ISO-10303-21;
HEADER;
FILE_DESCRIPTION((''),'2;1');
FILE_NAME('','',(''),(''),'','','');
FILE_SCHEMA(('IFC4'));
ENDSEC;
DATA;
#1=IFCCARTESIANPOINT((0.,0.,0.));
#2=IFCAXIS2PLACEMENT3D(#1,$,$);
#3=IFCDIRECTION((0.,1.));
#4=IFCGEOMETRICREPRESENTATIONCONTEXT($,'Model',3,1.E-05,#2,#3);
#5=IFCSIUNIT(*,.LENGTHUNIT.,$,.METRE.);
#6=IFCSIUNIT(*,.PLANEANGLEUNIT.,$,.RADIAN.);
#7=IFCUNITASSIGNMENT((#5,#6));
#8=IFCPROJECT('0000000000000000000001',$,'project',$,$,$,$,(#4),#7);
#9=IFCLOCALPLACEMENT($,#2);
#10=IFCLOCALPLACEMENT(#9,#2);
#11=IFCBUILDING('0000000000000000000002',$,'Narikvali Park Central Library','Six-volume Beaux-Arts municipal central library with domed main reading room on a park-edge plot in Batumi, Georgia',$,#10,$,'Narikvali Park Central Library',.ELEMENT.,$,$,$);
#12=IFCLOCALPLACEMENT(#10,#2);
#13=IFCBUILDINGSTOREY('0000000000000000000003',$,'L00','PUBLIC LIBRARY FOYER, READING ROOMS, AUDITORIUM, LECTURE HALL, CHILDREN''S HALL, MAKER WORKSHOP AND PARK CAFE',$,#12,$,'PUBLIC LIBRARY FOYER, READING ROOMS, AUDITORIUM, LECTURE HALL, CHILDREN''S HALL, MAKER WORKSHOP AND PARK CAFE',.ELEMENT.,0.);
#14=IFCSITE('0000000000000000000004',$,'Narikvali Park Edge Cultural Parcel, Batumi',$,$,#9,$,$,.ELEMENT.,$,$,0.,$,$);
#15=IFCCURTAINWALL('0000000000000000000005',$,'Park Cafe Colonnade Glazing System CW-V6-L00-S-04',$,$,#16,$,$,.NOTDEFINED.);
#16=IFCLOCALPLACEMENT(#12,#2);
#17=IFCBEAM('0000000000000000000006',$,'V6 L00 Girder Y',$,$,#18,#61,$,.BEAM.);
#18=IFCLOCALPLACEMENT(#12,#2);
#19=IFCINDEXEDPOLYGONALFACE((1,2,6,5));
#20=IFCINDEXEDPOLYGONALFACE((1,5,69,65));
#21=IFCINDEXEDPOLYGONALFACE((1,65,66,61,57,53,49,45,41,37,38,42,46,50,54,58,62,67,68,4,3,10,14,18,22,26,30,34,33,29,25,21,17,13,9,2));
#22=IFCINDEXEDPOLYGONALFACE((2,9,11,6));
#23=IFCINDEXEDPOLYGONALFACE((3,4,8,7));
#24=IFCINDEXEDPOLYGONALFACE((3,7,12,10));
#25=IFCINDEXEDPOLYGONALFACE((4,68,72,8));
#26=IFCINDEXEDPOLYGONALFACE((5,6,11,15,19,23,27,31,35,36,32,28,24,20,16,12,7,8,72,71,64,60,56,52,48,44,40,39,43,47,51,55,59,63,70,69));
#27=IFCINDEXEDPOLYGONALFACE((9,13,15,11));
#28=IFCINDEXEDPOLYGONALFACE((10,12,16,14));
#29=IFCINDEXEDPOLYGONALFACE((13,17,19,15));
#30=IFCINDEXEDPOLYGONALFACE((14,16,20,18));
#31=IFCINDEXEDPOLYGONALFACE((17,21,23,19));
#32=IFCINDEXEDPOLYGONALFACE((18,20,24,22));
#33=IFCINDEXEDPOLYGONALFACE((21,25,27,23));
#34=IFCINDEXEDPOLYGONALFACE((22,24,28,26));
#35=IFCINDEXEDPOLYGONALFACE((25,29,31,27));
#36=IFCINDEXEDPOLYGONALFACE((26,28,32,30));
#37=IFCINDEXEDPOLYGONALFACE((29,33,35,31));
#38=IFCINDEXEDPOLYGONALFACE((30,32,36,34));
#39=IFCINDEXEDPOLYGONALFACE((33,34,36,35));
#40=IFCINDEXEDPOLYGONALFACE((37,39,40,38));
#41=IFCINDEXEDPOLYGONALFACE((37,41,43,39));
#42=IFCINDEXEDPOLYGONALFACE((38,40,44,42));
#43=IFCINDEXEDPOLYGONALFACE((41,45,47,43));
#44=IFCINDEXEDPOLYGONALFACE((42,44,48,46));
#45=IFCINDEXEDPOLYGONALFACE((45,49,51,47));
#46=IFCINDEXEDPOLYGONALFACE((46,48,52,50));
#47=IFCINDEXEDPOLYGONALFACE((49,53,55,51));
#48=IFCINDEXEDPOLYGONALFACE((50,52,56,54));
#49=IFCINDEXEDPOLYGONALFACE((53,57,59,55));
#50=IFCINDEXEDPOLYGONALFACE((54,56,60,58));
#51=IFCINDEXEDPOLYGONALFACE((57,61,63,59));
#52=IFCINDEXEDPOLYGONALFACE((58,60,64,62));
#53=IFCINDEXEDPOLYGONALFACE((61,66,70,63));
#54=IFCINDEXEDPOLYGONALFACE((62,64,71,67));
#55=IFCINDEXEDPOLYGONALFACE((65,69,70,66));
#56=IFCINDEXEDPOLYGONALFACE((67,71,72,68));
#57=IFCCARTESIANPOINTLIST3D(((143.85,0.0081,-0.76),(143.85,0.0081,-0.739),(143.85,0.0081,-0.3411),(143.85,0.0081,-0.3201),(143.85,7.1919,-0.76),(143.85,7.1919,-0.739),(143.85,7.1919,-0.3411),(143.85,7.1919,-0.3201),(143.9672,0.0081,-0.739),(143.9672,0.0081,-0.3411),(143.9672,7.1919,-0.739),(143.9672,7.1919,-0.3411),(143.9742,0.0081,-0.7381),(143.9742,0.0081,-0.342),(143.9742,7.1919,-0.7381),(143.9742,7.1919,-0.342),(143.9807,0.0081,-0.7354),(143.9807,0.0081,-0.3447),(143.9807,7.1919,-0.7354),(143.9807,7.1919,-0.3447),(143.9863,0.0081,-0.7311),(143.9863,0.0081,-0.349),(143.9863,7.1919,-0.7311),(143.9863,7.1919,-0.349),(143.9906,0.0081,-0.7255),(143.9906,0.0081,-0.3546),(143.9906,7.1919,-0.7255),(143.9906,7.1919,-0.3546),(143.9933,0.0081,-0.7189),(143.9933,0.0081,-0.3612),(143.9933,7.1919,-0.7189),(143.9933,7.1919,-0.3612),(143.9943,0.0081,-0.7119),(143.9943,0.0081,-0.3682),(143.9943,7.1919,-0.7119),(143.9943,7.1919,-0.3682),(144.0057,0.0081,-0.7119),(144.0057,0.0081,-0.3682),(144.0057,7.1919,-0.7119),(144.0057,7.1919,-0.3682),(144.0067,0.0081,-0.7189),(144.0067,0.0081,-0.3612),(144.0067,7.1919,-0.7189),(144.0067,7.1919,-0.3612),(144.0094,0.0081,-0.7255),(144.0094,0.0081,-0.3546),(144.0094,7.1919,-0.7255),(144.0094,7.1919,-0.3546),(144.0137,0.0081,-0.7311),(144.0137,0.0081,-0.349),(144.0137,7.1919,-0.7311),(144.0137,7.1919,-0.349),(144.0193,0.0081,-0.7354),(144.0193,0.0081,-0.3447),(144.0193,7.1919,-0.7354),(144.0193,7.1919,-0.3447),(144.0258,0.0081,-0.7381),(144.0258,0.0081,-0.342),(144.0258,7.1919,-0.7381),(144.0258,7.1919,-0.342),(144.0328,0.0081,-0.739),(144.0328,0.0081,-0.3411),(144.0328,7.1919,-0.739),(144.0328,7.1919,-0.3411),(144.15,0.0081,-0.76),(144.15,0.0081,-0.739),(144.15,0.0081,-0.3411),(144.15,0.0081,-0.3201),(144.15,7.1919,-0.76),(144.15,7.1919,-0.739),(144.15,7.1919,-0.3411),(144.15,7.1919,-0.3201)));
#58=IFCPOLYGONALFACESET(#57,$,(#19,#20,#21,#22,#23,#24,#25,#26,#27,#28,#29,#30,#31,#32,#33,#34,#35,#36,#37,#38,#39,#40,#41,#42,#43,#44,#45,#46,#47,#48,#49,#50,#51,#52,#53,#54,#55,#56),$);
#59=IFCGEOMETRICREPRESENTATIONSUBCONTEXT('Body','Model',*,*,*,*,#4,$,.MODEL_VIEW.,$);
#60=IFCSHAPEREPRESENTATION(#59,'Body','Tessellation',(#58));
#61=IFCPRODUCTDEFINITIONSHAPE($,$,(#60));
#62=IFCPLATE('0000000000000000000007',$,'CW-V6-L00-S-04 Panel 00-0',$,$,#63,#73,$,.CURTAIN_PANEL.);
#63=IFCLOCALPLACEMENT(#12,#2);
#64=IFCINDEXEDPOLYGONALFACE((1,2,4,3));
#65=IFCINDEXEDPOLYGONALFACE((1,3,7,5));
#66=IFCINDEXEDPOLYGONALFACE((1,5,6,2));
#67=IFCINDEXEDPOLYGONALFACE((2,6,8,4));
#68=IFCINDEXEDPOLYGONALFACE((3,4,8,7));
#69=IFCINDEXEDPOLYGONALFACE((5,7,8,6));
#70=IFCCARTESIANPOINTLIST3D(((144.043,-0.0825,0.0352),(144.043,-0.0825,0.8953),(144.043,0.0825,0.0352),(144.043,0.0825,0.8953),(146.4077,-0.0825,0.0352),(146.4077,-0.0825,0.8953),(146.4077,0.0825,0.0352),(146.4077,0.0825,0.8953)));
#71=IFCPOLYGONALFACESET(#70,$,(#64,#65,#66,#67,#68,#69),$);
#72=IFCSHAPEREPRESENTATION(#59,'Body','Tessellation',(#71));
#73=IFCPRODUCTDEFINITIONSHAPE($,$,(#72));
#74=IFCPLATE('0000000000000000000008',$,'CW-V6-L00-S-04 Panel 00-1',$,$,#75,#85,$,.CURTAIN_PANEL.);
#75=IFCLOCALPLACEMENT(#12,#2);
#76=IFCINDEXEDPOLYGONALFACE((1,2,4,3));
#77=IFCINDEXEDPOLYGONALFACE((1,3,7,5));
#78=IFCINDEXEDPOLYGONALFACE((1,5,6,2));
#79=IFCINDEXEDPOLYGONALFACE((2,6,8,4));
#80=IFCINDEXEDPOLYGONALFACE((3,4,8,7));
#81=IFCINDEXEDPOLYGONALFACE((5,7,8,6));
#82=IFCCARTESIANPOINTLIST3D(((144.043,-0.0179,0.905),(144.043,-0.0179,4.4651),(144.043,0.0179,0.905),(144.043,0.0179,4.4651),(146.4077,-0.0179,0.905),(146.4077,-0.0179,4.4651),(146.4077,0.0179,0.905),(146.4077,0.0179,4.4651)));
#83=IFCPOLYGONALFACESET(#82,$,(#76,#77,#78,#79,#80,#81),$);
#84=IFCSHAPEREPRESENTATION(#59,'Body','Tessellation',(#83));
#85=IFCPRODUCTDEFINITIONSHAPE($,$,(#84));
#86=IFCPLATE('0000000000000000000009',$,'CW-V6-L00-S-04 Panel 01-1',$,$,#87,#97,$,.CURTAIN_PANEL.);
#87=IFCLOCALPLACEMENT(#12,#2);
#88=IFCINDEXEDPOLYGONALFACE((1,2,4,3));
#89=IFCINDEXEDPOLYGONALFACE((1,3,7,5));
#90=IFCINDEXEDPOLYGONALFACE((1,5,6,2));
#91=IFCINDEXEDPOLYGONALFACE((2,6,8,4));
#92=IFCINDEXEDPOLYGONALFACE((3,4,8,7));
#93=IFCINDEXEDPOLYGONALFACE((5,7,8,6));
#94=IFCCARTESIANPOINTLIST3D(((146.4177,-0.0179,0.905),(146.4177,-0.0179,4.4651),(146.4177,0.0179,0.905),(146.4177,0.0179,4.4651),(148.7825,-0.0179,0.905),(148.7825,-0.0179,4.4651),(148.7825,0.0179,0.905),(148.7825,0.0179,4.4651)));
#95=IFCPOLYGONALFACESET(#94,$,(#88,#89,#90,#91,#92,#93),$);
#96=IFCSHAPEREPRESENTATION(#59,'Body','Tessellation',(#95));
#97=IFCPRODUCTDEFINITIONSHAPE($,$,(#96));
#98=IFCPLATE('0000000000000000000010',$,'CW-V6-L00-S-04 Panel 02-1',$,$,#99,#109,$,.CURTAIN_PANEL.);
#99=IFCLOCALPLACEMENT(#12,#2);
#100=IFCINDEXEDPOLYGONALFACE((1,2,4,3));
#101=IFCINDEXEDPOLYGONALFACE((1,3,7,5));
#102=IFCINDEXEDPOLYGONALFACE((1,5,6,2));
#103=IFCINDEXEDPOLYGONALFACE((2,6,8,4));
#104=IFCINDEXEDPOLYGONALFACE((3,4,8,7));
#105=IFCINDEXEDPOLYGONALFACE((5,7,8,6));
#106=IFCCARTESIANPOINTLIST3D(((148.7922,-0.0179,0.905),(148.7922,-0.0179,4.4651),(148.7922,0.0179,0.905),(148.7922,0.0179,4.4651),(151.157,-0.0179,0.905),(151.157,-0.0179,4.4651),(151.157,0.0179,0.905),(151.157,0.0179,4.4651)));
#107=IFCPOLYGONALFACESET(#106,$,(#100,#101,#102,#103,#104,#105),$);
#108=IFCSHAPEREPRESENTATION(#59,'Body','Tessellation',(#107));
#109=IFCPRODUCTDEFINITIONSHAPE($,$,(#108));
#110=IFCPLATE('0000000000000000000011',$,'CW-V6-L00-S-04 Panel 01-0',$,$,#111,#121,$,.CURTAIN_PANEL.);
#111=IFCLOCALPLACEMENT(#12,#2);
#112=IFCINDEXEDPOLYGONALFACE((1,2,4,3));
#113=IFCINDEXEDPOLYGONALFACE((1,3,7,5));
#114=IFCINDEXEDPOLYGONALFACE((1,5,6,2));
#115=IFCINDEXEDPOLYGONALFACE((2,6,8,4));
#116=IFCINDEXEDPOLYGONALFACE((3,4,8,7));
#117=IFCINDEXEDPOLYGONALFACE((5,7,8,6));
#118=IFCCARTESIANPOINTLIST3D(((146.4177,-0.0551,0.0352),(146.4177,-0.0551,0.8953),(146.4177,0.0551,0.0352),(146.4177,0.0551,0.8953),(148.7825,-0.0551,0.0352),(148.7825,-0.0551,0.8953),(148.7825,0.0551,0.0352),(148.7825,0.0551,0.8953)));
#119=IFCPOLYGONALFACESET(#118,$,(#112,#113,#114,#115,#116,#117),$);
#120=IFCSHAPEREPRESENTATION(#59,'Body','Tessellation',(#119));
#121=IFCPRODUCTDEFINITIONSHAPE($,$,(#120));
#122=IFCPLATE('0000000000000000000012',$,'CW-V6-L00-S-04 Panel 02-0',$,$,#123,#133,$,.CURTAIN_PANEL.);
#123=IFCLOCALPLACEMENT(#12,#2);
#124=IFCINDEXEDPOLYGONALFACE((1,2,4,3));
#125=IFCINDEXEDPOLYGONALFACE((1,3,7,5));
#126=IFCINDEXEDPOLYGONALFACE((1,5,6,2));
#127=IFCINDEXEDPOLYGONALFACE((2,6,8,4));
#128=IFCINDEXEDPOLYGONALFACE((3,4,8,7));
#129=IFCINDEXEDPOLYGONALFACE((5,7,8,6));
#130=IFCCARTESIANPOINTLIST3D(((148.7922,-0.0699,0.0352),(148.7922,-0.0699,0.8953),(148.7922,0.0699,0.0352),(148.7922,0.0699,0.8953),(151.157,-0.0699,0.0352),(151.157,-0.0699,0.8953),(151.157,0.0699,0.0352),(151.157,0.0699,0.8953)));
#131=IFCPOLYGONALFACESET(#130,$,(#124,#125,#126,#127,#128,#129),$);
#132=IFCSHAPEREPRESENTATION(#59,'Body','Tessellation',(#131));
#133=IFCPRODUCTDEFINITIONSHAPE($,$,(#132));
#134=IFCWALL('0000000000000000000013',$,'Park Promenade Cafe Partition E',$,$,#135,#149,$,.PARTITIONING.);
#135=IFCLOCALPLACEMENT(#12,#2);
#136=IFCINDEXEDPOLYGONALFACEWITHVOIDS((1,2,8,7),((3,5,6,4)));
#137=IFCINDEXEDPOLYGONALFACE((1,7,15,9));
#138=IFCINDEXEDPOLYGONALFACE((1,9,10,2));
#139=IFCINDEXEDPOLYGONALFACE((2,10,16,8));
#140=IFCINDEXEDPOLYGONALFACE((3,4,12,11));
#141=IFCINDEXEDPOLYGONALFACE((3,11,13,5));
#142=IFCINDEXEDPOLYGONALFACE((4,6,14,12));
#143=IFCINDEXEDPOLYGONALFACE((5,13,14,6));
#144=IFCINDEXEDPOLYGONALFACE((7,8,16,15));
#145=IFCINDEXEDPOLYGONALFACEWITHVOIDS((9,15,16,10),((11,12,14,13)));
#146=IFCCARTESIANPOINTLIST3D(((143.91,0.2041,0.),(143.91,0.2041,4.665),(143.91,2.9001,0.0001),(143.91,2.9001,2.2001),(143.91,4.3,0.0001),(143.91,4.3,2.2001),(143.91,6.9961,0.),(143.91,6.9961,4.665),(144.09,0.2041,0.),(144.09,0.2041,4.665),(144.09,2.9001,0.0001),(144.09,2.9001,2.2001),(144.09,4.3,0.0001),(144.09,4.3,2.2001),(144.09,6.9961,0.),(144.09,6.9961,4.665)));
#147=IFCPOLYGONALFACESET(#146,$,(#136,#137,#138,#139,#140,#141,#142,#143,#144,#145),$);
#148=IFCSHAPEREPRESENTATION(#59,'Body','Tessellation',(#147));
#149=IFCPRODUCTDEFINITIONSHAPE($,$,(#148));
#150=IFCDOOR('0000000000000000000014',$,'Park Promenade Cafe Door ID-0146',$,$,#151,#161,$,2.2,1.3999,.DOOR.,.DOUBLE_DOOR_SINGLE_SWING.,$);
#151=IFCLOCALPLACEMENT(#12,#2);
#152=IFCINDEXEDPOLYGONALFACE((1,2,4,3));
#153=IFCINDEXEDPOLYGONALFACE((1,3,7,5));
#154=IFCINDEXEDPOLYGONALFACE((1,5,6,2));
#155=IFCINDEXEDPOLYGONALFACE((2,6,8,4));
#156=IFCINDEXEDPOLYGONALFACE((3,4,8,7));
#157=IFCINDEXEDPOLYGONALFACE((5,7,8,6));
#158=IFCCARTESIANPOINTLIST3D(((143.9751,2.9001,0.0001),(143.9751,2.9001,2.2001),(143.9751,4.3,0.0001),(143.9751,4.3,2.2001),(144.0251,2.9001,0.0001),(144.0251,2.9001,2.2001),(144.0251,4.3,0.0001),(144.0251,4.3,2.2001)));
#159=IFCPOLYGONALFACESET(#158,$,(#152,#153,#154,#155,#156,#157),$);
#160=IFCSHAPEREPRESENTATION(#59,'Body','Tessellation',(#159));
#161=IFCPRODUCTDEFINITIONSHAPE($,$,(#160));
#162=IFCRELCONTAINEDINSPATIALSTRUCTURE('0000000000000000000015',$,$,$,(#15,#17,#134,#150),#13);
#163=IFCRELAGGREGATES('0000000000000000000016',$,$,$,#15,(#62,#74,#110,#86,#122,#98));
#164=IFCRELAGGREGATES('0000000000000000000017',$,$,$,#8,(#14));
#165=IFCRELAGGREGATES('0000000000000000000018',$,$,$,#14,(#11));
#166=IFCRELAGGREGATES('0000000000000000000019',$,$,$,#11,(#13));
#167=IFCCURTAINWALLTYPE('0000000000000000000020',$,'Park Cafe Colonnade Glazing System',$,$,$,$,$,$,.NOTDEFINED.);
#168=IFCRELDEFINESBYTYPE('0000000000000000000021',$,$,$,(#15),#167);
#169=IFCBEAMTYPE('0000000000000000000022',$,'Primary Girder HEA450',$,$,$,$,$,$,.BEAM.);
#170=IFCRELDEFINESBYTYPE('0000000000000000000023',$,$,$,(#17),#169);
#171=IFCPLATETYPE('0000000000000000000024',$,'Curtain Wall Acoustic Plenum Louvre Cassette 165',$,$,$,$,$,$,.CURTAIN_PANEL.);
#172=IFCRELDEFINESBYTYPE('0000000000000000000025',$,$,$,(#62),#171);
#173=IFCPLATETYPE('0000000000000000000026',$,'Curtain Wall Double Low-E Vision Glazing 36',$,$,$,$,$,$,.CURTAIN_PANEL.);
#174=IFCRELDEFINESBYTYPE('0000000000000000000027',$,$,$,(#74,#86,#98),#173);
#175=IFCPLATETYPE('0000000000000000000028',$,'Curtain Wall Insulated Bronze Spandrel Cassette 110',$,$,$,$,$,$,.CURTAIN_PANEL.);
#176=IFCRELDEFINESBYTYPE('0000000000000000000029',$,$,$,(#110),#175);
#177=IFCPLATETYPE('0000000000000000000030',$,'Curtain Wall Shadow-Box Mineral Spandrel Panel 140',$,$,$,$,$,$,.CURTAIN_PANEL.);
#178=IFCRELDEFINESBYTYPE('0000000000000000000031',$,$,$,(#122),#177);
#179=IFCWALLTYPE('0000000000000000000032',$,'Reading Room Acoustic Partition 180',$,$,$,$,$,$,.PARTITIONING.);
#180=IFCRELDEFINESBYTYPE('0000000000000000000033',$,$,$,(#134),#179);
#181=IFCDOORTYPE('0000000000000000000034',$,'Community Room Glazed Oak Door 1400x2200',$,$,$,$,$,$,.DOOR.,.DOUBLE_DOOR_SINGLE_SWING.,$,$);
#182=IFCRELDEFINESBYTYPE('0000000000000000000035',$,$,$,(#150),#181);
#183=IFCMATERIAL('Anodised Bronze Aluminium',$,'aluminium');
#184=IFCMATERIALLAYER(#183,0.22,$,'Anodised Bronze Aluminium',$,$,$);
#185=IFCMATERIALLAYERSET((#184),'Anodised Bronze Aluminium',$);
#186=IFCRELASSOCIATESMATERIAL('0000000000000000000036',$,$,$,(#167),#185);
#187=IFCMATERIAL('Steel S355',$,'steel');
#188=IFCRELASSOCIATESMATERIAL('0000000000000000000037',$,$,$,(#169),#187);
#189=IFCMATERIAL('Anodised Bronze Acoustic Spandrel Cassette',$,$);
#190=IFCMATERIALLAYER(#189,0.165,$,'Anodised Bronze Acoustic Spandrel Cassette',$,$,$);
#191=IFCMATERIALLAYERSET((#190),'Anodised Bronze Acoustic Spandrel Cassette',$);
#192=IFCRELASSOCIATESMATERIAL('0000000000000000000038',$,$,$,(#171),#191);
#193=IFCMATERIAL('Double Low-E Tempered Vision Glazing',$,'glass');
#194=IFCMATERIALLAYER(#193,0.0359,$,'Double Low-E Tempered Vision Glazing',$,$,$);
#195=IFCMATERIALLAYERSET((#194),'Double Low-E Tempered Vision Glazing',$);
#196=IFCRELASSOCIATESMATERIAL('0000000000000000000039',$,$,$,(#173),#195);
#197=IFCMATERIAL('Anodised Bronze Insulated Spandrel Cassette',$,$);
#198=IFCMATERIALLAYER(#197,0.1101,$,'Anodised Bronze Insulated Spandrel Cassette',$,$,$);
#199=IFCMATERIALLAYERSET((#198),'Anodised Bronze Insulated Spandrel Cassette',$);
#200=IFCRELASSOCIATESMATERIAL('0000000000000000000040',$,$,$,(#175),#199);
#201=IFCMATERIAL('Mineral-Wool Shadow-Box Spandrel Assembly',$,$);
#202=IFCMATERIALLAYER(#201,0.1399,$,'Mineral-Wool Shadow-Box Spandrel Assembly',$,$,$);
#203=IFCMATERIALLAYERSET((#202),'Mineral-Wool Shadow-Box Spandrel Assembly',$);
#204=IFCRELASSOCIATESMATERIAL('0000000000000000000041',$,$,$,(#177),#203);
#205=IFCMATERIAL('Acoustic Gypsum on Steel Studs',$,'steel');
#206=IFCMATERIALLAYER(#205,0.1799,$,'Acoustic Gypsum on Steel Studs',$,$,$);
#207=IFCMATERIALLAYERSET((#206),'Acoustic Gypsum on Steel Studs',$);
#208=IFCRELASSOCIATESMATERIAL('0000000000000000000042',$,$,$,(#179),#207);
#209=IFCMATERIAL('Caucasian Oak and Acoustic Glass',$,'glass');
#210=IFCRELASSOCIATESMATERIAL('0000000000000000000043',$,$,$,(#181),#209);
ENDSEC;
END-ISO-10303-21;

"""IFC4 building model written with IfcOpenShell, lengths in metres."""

from ifc_helpers import new_model, si_unit, direction, frame, frame_2d, origin, origin_2d, place, context, subcontext, project, spatial, rectangle, i_section, extrude, material, layer, layer_set, material_profile, profile_set, type_object, element, fill, aggregate, save


model = new_model("IFC4")

# Units and contexts
model_context = context("Model", 3, precision=1e-05, world=origin(), true_north=direction((0.0, 1.0)))
body_context = subcontext(model_context, "Body", "Model", "MODEL_VIEW")
ifc_project = project(units=[si_unit("LENGTHUNIT", "METRE"), si_unit("PLANEANGLEUNIT", "RADIAN")], contexts=[model_context])

# Site, building, storey
site_placement = place(None, origin())
site = spatial("IfcSite", under=ifc_project, at=site_placement, Name="Narikvali Park Edge Cultural Parcel, Batumi", CompositionType="ELEMENT", RefElevation=0.0)
building_placement = place(site_placement, origin())
building = spatial("IfcBuilding", under=site, at=building_placement, Name="Narikvali Park Central Library", Description="Six-volume Beaux-Arts municipal central library with domed main reading room on a park-edge plot in Batumi, Georgia", LongName="Narikvali Park Central Library", CompositionType="ELEMENT")
storey_placement = place(building_placement, origin())
storey = spatial("IfcBuildingStorey", under=building, at=storey_placement, Name="L00", Description="PUBLIC LIBRARY FOYER, READING ROOMS, AUDITORIUM, LECTURE HALL, CHILDREN'S HALL, MAKER WORKSHOP AND PARK CAFE", LongName="PUBLIC LIBRARY FOYER, READING ROOMS, AUDITORIUM, LECTURE HALL, CHILDREN'S HALL, MAKER WORKSHOP AND PARK CAFE", CompositionType="ELEMENT", Elevation=0.0)

# Shared definitions
ifc_material_1 = material(Name="Steel S355", Category="steel")

# Curtain wall
ifc_material_2 = material(Name="Anodised Bronze Aluminium", Category="aluminium")
ifc_layer_1 = layer(ifc_material_2, 0.22, Name="Anodised Bronze Aluminium")
ifc_layer_set_1 = layer_set([ifc_layer_1], Name="Anodised Bronze Aluminium")
curtain_wall_type = type_object("IfcCurtainWallType", Name="Park Cafe Colonnade Glazing System", PredefinedType="NOTDEFINED", material=ifc_layer_set_1)
curtain_wall_placement = place(storey_placement, origin())
curtain_wall = element("IfcCurtainWall", 1, at=curtain_wall_placement, inside=storey, type_object=curtain_wall_type, Name="Park Cafe Colonnade Glazing System CW-V6-L00-S-04", PredefinedType="NOTDEFINED")

# Beam
ifc_material_profile_1 = material_profile(ifc_material_1, i_section(OverallWidth=0.3, OverallDepth=0.4399, WebThickness=0.0115, FlangeThickness=0.021, FilletRadius=0.0271, at=origin_2d()), Name="HEA 450")
ifc_profile_set_1 = profile_set([ifc_material_profile_1], Name="Steel S355")
beam_type_1 = type_object("IfcBeamType", Name="Primary Girder HEA450", PredefinedType="BEAM", material=ifc_profile_set_1)
beam_1_placement = place(storey_placement, frame((144.0, 0.0081, -0.54), z_axis=(0.0, 1.0, 0.0), x_axis=(-1.0, 0.0, 0.0)))
element("IfcBeam", 2, at=beam_1_placement, inside=storey, type_object=beam_type_1, Name="V6 L00 Girder Y", PredefinedType="BEAM", context=body_context, shape_type="SweptSolid", body=[
    extrude(i_section(OverallWidth=0.3, OverallDepth=0.4399, WebThickness=0.0115, FlangeThickness=0.021, FilletRadius=0.0271, at=origin_2d()), origin(), (0.0, 0.0, 1.0), 7.1838),
])

# Plates
ifc_material_3 = material(Name="Anodised Bronze Acoustic Spandrel Cassette")
ifc_layer_2 = layer(ifc_material_3, 0.165, Name="Anodised Bronze Acoustic Spandrel Cassette")
ifc_layer_set_2 = layer_set([ifc_layer_2], Name="Anodised Bronze Acoustic Spandrel Cassette")
plate_type_1 = type_object("IfcPlateType", Name="Curtain Wall Acoustic Plenum Louvre Cassette 165", PredefinedType="CURTAIN_PANEL", material=ifc_layer_set_2)
plate_1_placement = place(storey_placement, frame((145.2253, 0.0, 0.0352), z_axis=(0.0, 0.0, 1.0), x_axis=(1.0, 0.0, 0.0)))
plate_1 = element("IfcPlate", 3, at=plate_1_placement, type_object=plate_type_1, Name="CW-V6-L00-S-04 Panel 00-0", PredefinedType="CURTAIN_PANEL", context=body_context, shape_type="SweptSolid", body=[
    extrude(rectangle(XDim=2.3647, YDim=0.165, at=origin_2d()), origin(), (0.0, 0.0, 1.0), 0.8601),
])
ifc_material_4 = material(Name="Double Low-E Tempered Vision Glazing", Category="glass")
ifc_layer_3 = layer(ifc_material_4, 0.0359, Name="Double Low-E Tempered Vision Glazing")
ifc_layer_set_3 = layer_set([ifc_layer_3], Name="Double Low-E Tempered Vision Glazing")
plate_type_2 = type_object("IfcPlateType", Name="Curtain Wall Double Low-E Vision Glazing 36", PredefinedType="CURTAIN_PANEL", material=ifc_layer_set_3)
plate_2_placement = place(storey_placement, frame((145.2253, 0.0, 0.905), z_axis=(0.0, 0.0, 1.0), x_axis=(1.0, 0.0, 0.0)))
plate_2 = element("IfcPlate", 4, at=plate_2_placement, type_object=plate_type_2, Name="CW-V6-L00-S-04 Panel 00-1", PredefinedType="CURTAIN_PANEL", context=body_context, shape_type="SweptSolid", body=[
    extrude(rectangle(XDim=2.3647, YDim=0.0359, at=origin_2d()), origin(), (0.0, 0.0, 1.0), 3.5601),
])
plate_3_placement = place(storey_placement, frame((147.6001, 0.0, 0.905), z_axis=(0.0, 0.0, 1.0), x_axis=(1.0, 0.0, 0.0)))
plate_3 = element("IfcPlate", 5, at=plate_3_placement, type_object=plate_type_2, Name="CW-V6-L00-S-04 Panel 01-1", PredefinedType="CURTAIN_PANEL", context=body_context, shape_type="SweptSolid", body=[
    extrude(rectangle(XDim=2.3647, YDim=0.0359, at=origin_2d()), origin(), (0.0, 0.0, 1.0), 3.5601),
])
plate_4_placement = place(storey_placement, frame((149.9746, 0.0, 0.905), z_axis=(0.0, 0.0, 1.0), x_axis=(1.0, 0.0, 0.0)))
plate_4 = element("IfcPlate", 6, at=plate_4_placement, type_object=plate_type_2, Name="CW-V6-L00-S-04 Panel 02-1", PredefinedType="CURTAIN_PANEL", context=body_context, shape_type="SweptSolid", body=[
    extrude(rectangle(XDim=2.3647, YDim=0.0359, at=origin_2d()), origin(), (0.0, 0.0, 1.0), 3.5601),
])
ifc_material_5 = material(Name="Anodised Bronze Insulated Spandrel Cassette")
ifc_layer_4 = layer(ifc_material_5, 0.1101, Name="Anodised Bronze Insulated Spandrel Cassette")
ifc_layer_set_4 = layer_set([ifc_layer_4], Name="Anodised Bronze Insulated Spandrel Cassette")
plate_type_3 = type_object("IfcPlateType", Name="Curtain Wall Insulated Bronze Spandrel Cassette 110", PredefinedType="CURTAIN_PANEL", material=ifc_layer_set_4)
plate_5_placement = place(storey_placement, frame((147.6001, 0.0, 0.0352), z_axis=(0.0, 0.0, 1.0), x_axis=(1.0, 0.0, 0.0)))
plate_5 = element("IfcPlate", 7, at=plate_5_placement, type_object=plate_type_3, Name="CW-V6-L00-S-04 Panel 01-0", PredefinedType="CURTAIN_PANEL", context=body_context, shape_type="SweptSolid", body=[
    extrude(rectangle(XDim=2.3647, YDim=0.1101, at=origin_2d()), origin(), (0.0, 0.0, 1.0), 0.8601),
])
ifc_material_6 = material(Name="Mineral-Wool Shadow-Box Spandrel Assembly")
ifc_layer_5 = layer(ifc_material_6, 0.1399, Name="Mineral-Wool Shadow-Box Spandrel Assembly")
ifc_layer_set_5 = layer_set([ifc_layer_5], Name="Mineral-Wool Shadow-Box Spandrel Assembly")
plate_type_4 = type_object("IfcPlateType", Name="Curtain Wall Shadow-Box Mineral Spandrel Panel 140", PredefinedType="CURTAIN_PANEL", material=ifc_layer_set_5)
plate_6_placement = place(storey_placement, frame((149.9746, 0.0, 0.0352), z_axis=(0.0, 0.0, 1.0), x_axis=(1.0, 0.0, 0.0)))
plate_6 = element("IfcPlate", 8, at=plate_6_placement, type_object=plate_type_4, Name="CW-V6-L00-S-04 Panel 02-0", PredefinedType="CURTAIN_PANEL", context=body_context, shape_type="SweptSolid", body=[
    extrude(rectangle(XDim=2.3647, YDim=0.1399, at=origin_2d()), origin(), (0.0, 0.0, 1.0), 0.8601),
])
aggregate(curtain_wall, [plate_1, plate_2, plate_5, plate_3, plate_6, plate_4])

# Wall, opening, door
ifc_material_7 = material(Name="Acoustic Gypsum on Steel Studs", Category="steel")
ifc_layer_6 = layer(ifc_material_7, 0.1799, Name="Acoustic Gypsum on Steel Studs")
ifc_layer_set_6 = layer_set([ifc_layer_6], Name="Acoustic Gypsum on Steel Studs")
wall_type_1 = type_object("IfcWallType", Name="Reading Room Acoustic Partition 180", PredefinedType="PARTITIONING", material=ifc_layer_set_6)
wall_1_placement = place(storey_placement, frame((144.0, 0.2041, 0.0), z_axis=(0.0, 0.0, 1.0), x_axis=(0.0, 1.0, 0.0)))
wall_1 = element("IfcWall", 9, at=wall_1_placement, inside=storey, type_object=wall_type_1, Name="Park Promenade Cafe Partition E", PredefinedType="PARTITIONING", context=body_context, shape_type="SweptSolid", body=[
    extrude(rectangle(XDim=6.792, YDim=0.1799, at=frame_2d((3.396, 0.0))), origin(), (0.0, 0.0, 1.0), 4.665),
])
opening_1_placement = place(wall_1_placement, frame((2.696, 0.0, 0.0)))
opening_1 = element("IfcOpeningElement", 10, at=opening_1_placement, cuts=wall_1, PredefinedType="OPENING", context=body_context, shape_type="SweptSolid", body=[
    extrude(rectangle(XDim=1.3999, YDim=2.2, at=frame_2d((0.7, 1.1001))), frame((0.0, 0.1021, 0.0), z_axis=(0.0, -1.0, 0.0), x_axis=(1.0, 0.0, 0.0)), (0.0, 0.0, 1.0), 0.2039),
])
ifc_material_8 = material(Name="Caucasian Oak and Acoustic Glass", Category="glass")
door_type_1 = type_object("IfcDoorType", Name="Community Room Glazed Oak Door 1400x2200", OperationType="DOUBLE_DOOR_SINGLE_SWING", PredefinedType="DOOR", material=ifc_material_8)
door_1_placement = place(opening_1_placement, origin())
door_1 = element("IfcDoor", 11, at=door_1_placement, inside=storey, type_object=door_type_1, Name="Park Promenade Cafe Door ID-0146", OperationType="DOUBLE_DOOR_SINGLE_SWING", OverallHeight=2.2, OverallWidth=1.3999, PredefinedType="DOOR", context=body_context, shape_type="SweptSolid", body=[
    extrude(rectangle(XDim=1.3999, YDim=2.2, at=frame_2d((0.7, 1.1001))), frame((0.0, 0.0249, 0.0), z_axis=(0.0, -1.0, 0.0), x_axis=(1.0, 0.0, 0.0)), (0.0, 0.0, 1.0), 0.05),
])
fill(opening_1, door_1)

save(model, "model.ifc")
